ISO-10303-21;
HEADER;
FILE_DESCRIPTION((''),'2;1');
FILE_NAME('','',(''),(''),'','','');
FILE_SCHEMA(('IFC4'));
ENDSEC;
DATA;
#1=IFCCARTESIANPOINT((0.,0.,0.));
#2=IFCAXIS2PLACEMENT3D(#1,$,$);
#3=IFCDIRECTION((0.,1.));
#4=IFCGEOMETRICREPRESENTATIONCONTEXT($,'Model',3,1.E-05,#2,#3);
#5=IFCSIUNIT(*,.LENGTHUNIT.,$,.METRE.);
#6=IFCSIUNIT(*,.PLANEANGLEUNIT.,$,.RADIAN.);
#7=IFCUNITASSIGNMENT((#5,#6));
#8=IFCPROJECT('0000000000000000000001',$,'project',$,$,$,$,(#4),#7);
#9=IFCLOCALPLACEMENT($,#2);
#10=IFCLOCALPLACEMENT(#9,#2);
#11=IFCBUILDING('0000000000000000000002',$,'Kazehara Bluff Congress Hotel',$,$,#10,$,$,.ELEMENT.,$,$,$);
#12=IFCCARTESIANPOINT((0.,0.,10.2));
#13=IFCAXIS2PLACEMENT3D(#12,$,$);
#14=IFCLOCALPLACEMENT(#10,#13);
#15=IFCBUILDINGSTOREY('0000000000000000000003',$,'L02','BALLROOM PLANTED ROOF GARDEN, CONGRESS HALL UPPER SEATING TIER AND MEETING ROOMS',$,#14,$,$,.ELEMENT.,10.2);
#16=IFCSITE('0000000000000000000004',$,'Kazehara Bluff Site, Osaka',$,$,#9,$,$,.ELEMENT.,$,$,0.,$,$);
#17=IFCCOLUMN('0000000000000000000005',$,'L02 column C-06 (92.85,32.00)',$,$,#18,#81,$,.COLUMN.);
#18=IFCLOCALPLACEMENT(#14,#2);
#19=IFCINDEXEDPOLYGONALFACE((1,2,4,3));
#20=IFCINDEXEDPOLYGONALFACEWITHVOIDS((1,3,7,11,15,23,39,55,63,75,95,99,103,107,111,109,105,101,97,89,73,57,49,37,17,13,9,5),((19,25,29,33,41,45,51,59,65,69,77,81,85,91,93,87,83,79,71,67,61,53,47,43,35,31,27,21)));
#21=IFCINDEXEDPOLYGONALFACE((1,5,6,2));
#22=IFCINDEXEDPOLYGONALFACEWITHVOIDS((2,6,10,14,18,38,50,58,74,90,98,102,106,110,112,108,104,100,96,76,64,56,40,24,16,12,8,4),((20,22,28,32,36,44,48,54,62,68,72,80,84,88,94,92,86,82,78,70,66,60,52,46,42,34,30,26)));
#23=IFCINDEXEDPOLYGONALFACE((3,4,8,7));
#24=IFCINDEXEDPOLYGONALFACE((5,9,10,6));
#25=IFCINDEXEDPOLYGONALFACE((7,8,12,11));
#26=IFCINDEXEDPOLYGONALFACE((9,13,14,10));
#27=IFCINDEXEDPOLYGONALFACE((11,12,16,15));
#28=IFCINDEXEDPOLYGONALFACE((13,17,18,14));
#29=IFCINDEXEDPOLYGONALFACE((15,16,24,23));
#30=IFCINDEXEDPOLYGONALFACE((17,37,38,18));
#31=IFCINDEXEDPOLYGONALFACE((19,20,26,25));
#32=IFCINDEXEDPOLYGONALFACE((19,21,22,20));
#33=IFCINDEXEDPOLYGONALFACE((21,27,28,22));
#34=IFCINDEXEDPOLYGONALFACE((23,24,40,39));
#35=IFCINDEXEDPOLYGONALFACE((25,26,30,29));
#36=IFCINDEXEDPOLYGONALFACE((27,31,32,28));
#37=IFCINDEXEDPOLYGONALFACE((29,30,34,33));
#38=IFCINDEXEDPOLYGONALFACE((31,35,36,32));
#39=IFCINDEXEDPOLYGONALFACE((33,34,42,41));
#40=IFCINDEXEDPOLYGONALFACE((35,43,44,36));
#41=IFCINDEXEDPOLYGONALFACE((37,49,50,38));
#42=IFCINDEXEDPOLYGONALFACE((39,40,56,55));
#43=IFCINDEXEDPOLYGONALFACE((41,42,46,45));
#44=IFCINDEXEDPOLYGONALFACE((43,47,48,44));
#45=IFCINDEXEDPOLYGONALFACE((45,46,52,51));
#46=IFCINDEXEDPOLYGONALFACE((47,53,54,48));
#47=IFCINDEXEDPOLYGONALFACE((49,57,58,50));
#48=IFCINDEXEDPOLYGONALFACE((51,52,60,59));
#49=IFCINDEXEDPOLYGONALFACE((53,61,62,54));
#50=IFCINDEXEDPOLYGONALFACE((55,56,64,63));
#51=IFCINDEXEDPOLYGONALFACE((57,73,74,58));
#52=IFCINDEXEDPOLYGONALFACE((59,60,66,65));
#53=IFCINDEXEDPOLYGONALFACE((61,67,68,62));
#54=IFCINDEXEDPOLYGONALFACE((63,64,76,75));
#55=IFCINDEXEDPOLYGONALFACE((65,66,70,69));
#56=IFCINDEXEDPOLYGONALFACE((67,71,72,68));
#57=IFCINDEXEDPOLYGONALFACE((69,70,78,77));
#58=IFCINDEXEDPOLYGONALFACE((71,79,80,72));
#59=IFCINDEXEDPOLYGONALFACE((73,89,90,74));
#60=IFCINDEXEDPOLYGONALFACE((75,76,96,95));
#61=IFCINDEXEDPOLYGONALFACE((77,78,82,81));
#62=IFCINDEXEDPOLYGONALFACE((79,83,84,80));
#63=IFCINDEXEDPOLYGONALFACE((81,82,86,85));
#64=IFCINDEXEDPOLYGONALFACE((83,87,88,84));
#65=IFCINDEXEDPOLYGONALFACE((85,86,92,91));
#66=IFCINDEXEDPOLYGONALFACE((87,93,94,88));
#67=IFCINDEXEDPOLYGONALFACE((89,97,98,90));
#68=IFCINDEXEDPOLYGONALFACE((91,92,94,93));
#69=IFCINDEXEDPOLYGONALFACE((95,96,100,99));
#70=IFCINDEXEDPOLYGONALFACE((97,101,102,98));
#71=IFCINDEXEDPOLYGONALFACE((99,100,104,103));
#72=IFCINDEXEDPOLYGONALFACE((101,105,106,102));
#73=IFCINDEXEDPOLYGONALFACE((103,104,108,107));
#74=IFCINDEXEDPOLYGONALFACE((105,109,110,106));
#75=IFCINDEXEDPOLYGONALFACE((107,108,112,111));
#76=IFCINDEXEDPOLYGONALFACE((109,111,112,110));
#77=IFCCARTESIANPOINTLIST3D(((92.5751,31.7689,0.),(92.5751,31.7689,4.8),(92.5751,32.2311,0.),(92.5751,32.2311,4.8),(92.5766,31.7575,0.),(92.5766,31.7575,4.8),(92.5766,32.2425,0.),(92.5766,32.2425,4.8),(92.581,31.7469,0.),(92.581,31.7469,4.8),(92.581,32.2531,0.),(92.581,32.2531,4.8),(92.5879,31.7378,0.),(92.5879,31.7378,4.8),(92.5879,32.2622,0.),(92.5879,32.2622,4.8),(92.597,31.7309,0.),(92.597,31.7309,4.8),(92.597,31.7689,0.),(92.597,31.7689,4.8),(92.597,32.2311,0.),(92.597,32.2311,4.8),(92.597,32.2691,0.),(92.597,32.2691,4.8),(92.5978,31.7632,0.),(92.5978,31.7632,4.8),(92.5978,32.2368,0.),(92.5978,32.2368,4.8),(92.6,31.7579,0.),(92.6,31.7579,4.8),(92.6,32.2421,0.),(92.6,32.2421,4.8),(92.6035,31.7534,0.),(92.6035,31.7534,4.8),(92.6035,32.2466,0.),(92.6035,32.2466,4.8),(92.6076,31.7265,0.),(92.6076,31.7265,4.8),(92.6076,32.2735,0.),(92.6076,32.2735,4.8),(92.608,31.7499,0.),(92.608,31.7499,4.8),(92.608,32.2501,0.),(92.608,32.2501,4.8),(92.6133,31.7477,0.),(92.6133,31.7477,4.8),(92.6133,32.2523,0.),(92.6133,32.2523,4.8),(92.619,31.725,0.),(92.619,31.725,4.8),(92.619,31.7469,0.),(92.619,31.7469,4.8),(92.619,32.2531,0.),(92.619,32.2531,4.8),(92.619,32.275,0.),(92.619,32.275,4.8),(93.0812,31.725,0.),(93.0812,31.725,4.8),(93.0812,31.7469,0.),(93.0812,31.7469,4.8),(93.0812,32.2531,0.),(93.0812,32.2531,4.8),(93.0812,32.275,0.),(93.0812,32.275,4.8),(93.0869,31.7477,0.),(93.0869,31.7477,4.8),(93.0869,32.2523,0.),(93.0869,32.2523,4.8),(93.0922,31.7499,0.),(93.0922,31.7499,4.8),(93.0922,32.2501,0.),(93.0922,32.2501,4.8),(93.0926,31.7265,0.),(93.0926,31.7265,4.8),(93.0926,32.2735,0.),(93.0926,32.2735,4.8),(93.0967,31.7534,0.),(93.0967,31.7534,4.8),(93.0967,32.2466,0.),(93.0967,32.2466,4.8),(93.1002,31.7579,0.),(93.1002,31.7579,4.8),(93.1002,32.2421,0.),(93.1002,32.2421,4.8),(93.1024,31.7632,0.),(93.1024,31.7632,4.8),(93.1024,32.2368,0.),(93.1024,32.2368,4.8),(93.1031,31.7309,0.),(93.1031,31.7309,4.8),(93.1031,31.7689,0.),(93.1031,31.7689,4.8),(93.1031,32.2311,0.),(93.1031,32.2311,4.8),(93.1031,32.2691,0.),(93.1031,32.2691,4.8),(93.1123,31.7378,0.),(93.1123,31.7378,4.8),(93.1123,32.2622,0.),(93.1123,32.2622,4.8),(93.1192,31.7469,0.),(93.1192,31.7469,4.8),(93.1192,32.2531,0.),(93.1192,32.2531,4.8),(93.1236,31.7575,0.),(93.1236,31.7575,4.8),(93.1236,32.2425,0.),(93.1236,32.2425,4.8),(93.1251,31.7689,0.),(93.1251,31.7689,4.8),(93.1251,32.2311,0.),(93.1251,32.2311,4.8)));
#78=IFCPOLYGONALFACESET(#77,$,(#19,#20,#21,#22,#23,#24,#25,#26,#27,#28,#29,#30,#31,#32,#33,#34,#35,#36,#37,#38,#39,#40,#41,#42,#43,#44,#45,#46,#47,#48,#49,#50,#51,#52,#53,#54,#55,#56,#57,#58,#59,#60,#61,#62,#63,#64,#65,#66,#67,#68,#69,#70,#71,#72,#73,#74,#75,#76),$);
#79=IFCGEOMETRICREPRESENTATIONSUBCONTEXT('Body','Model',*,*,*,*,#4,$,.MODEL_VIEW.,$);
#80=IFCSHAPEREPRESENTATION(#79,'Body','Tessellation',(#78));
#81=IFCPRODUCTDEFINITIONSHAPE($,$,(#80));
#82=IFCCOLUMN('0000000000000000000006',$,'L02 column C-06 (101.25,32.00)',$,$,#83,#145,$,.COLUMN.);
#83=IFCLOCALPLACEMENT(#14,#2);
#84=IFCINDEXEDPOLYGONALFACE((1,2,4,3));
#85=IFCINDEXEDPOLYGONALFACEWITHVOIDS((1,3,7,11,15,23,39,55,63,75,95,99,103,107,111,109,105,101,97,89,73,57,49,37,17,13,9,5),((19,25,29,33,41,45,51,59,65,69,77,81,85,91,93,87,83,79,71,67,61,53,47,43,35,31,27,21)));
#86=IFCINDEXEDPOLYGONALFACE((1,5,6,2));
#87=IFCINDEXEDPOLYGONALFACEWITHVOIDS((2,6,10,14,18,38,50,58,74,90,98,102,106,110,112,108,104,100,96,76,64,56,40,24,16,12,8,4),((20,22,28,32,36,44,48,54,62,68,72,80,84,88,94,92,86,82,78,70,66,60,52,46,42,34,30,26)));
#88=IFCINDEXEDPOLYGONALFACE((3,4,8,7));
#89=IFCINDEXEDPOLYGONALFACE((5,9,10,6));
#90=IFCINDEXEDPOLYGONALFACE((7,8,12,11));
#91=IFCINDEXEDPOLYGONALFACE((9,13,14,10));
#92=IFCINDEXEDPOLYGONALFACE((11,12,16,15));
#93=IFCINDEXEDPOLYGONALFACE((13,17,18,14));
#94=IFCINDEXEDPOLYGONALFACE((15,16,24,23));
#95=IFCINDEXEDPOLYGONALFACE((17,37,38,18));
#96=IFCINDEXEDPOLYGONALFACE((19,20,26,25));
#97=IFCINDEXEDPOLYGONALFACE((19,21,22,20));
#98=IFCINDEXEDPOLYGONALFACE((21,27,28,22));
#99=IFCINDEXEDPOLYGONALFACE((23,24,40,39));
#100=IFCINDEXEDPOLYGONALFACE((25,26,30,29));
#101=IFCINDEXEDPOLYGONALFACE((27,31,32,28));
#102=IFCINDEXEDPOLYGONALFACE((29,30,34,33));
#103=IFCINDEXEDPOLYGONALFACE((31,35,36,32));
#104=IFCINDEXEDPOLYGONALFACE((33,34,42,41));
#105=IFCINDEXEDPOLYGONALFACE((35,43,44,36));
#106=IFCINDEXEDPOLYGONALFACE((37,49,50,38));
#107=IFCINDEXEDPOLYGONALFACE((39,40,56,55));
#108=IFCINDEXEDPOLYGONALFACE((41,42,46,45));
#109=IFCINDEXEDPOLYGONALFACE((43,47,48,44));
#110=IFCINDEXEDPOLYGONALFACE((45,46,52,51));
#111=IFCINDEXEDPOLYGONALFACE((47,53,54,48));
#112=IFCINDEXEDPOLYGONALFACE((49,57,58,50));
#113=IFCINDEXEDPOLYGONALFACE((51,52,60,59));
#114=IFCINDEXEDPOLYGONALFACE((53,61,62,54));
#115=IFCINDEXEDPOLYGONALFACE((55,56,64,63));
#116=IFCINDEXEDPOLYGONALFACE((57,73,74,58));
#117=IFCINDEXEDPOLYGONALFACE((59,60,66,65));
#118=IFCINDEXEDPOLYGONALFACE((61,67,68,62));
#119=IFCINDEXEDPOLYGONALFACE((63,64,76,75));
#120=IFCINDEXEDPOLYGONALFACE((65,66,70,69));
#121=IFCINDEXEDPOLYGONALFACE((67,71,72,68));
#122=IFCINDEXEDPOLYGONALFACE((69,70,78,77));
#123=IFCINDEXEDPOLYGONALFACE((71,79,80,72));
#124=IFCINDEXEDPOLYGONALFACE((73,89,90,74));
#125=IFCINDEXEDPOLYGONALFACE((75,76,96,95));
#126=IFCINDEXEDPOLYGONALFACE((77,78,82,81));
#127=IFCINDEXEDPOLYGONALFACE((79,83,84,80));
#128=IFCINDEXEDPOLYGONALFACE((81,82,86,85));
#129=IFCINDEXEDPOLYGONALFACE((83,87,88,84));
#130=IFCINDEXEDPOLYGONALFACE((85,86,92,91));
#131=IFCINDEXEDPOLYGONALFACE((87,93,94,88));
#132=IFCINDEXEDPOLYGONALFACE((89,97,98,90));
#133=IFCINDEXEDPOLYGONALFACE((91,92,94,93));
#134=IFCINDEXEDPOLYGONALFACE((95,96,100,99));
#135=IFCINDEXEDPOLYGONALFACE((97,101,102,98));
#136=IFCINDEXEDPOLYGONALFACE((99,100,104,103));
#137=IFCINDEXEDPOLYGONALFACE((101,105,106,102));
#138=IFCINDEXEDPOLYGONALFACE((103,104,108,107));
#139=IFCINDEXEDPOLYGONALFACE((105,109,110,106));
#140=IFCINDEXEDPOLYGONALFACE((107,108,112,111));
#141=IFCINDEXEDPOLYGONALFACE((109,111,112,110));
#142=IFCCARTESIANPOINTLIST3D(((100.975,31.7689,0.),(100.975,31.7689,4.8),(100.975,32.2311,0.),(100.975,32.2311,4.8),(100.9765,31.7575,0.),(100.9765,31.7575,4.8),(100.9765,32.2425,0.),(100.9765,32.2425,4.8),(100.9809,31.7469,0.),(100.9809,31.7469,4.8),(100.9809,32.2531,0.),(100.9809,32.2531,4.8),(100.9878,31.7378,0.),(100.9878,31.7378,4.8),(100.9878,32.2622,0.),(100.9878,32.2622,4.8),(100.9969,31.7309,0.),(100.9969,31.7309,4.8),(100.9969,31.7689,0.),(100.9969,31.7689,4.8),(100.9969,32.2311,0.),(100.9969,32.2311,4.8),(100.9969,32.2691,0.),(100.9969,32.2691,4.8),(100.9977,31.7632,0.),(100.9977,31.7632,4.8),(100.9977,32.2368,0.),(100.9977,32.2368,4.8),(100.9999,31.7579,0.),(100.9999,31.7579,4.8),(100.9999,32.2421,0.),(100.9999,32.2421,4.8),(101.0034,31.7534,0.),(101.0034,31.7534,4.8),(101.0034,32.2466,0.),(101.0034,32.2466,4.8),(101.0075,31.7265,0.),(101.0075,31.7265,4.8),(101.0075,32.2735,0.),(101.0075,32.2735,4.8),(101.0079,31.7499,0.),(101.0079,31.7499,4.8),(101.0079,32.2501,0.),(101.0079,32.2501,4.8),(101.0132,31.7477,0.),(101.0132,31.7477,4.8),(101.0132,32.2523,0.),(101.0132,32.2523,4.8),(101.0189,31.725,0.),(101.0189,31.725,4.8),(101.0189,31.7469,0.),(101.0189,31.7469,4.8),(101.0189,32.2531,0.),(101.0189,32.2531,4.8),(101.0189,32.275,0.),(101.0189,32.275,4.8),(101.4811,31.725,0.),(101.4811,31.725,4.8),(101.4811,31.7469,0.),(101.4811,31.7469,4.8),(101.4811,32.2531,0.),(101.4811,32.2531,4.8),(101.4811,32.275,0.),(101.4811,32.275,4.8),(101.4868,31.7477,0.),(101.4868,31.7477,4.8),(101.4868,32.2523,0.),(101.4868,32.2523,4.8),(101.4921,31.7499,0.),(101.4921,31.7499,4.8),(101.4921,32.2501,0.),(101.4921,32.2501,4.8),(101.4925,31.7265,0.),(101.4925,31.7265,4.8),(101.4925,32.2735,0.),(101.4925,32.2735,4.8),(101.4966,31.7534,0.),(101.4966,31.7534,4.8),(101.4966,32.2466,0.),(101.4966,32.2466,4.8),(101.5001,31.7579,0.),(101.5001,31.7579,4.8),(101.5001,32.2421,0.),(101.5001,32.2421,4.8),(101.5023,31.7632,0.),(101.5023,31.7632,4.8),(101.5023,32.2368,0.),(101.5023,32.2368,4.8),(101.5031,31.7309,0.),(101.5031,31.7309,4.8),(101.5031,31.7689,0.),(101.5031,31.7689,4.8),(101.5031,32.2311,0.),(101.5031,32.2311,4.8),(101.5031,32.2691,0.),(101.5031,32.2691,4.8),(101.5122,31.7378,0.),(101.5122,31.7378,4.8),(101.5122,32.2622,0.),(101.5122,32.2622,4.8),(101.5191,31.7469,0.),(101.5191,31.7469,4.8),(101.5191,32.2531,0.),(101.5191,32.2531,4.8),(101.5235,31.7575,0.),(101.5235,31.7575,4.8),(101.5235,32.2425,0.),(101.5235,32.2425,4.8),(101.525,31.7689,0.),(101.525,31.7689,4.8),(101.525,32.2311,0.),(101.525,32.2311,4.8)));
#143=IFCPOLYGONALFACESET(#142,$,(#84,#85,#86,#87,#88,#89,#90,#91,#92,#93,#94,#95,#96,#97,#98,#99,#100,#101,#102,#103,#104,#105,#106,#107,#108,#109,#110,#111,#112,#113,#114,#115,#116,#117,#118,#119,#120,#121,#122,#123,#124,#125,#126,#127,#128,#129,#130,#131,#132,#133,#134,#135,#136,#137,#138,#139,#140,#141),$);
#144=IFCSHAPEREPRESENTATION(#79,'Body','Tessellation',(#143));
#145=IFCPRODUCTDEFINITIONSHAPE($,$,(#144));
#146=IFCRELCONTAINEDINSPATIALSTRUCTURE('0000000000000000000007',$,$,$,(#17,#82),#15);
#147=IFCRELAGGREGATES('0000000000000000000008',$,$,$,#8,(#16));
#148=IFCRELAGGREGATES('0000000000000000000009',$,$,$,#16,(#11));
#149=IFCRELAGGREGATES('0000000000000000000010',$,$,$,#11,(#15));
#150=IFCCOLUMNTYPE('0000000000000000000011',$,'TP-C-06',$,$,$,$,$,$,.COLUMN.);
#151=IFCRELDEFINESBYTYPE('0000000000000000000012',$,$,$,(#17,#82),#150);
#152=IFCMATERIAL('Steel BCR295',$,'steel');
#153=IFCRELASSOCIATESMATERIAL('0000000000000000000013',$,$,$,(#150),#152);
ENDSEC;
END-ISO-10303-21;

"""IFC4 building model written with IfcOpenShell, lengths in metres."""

from ifc_helpers import new_model, si_unit, direction, frame, origin, origin_2d, place, context, subcontext, project, spatial, hollow_rectangle, extrude, material, material_profile, profile_set, type_object, element, save


model = new_model("IFC4")

# Units and contexts
model_context = context("Model", 3, precision=1e-05, world=origin(), true_north=direction((0.0, 1.0)))
body_context = subcontext(model_context, "Body", "Model", "MODEL_VIEW")
ifc_project = project(units=[si_unit("LENGTHUNIT", "METRE"), si_unit("PLANEANGLEUNIT", "RADIAN")], contexts=[model_context])

# Site, building, storey
site_placement = place(None, origin())
site = spatial("IfcSite", under=ifc_project, at=site_placement, Name="Kazehara Bluff Site, Osaka", CompositionType="ELEMENT", RefElevation=0.0)
building_placement = place(site_placement, origin())
building = spatial("IfcBuilding", under=site, at=building_placement, Name="Kazehara Bluff Congress Hotel", CompositionType="ELEMENT")
storey_placement = place(building_placement, frame((0.0, 0.0, 10.2)))
storey = spatial("IfcBuildingStorey", under=building, at=storey_placement, Name="L02", Description="BALLROOM PLANTED ROOF GARDEN, CONGRESS HALL UPPER SEATING TIER AND MEETING ROOMS", CompositionType="ELEMENT", Elevation=10.2)

# Columns
ifc_material_1 = material(Name="Steel BCR295", Category="steel")
ifc_material_profile_1 = material_profile(ifc_material_1, hollow_rectangle(XDim=0.55, YDim=0.55, WallThickness=0.022, InnerFilletRadius=0.022, OuterFilletRadius=0.0439, at=origin_2d()))
ifc_profile_set_1 = profile_set([ifc_material_profile_1], Name="Steel BCR295")
column_type = type_object("IfcColumnType", Name="TP-C-06", PredefinedType="COLUMN", material=ifc_profile_set_1)
for number, where, z_axis, x_axis, name in (
    (1, (92.8501, 32.0, 0.0), (0.0, 0.0, 1.0), (1.0, 0.0, 0.0), "L02 column C-06 (92.85,32.00)"),
    (2, (101.25, 32.0, 0.0), (0.0, 0.0, 1.0), (1.0, 0.0, 0.0), "L02 column C-06 (101.25,32.00)"),
):
    element("IfcColumn", number, at=place(storey_placement, frame(where, z_axis=z_axis, x_axis=x_axis)), inside=storey, type_object=column_type, Name=name, PredefinedType="COLUMN", context=body_context, shape_type="SweptSolid", body=[
        extrude(hollow_rectangle(XDim=0.55, YDim=0.55, WallThickness=0.022, InnerFilletRadius=0.022, OuterFilletRadius=0.0439, at=origin_2d()), origin(), (0.0, 0.0, 1.0), 4.8),
    ])

save(model, "model.ifc")
